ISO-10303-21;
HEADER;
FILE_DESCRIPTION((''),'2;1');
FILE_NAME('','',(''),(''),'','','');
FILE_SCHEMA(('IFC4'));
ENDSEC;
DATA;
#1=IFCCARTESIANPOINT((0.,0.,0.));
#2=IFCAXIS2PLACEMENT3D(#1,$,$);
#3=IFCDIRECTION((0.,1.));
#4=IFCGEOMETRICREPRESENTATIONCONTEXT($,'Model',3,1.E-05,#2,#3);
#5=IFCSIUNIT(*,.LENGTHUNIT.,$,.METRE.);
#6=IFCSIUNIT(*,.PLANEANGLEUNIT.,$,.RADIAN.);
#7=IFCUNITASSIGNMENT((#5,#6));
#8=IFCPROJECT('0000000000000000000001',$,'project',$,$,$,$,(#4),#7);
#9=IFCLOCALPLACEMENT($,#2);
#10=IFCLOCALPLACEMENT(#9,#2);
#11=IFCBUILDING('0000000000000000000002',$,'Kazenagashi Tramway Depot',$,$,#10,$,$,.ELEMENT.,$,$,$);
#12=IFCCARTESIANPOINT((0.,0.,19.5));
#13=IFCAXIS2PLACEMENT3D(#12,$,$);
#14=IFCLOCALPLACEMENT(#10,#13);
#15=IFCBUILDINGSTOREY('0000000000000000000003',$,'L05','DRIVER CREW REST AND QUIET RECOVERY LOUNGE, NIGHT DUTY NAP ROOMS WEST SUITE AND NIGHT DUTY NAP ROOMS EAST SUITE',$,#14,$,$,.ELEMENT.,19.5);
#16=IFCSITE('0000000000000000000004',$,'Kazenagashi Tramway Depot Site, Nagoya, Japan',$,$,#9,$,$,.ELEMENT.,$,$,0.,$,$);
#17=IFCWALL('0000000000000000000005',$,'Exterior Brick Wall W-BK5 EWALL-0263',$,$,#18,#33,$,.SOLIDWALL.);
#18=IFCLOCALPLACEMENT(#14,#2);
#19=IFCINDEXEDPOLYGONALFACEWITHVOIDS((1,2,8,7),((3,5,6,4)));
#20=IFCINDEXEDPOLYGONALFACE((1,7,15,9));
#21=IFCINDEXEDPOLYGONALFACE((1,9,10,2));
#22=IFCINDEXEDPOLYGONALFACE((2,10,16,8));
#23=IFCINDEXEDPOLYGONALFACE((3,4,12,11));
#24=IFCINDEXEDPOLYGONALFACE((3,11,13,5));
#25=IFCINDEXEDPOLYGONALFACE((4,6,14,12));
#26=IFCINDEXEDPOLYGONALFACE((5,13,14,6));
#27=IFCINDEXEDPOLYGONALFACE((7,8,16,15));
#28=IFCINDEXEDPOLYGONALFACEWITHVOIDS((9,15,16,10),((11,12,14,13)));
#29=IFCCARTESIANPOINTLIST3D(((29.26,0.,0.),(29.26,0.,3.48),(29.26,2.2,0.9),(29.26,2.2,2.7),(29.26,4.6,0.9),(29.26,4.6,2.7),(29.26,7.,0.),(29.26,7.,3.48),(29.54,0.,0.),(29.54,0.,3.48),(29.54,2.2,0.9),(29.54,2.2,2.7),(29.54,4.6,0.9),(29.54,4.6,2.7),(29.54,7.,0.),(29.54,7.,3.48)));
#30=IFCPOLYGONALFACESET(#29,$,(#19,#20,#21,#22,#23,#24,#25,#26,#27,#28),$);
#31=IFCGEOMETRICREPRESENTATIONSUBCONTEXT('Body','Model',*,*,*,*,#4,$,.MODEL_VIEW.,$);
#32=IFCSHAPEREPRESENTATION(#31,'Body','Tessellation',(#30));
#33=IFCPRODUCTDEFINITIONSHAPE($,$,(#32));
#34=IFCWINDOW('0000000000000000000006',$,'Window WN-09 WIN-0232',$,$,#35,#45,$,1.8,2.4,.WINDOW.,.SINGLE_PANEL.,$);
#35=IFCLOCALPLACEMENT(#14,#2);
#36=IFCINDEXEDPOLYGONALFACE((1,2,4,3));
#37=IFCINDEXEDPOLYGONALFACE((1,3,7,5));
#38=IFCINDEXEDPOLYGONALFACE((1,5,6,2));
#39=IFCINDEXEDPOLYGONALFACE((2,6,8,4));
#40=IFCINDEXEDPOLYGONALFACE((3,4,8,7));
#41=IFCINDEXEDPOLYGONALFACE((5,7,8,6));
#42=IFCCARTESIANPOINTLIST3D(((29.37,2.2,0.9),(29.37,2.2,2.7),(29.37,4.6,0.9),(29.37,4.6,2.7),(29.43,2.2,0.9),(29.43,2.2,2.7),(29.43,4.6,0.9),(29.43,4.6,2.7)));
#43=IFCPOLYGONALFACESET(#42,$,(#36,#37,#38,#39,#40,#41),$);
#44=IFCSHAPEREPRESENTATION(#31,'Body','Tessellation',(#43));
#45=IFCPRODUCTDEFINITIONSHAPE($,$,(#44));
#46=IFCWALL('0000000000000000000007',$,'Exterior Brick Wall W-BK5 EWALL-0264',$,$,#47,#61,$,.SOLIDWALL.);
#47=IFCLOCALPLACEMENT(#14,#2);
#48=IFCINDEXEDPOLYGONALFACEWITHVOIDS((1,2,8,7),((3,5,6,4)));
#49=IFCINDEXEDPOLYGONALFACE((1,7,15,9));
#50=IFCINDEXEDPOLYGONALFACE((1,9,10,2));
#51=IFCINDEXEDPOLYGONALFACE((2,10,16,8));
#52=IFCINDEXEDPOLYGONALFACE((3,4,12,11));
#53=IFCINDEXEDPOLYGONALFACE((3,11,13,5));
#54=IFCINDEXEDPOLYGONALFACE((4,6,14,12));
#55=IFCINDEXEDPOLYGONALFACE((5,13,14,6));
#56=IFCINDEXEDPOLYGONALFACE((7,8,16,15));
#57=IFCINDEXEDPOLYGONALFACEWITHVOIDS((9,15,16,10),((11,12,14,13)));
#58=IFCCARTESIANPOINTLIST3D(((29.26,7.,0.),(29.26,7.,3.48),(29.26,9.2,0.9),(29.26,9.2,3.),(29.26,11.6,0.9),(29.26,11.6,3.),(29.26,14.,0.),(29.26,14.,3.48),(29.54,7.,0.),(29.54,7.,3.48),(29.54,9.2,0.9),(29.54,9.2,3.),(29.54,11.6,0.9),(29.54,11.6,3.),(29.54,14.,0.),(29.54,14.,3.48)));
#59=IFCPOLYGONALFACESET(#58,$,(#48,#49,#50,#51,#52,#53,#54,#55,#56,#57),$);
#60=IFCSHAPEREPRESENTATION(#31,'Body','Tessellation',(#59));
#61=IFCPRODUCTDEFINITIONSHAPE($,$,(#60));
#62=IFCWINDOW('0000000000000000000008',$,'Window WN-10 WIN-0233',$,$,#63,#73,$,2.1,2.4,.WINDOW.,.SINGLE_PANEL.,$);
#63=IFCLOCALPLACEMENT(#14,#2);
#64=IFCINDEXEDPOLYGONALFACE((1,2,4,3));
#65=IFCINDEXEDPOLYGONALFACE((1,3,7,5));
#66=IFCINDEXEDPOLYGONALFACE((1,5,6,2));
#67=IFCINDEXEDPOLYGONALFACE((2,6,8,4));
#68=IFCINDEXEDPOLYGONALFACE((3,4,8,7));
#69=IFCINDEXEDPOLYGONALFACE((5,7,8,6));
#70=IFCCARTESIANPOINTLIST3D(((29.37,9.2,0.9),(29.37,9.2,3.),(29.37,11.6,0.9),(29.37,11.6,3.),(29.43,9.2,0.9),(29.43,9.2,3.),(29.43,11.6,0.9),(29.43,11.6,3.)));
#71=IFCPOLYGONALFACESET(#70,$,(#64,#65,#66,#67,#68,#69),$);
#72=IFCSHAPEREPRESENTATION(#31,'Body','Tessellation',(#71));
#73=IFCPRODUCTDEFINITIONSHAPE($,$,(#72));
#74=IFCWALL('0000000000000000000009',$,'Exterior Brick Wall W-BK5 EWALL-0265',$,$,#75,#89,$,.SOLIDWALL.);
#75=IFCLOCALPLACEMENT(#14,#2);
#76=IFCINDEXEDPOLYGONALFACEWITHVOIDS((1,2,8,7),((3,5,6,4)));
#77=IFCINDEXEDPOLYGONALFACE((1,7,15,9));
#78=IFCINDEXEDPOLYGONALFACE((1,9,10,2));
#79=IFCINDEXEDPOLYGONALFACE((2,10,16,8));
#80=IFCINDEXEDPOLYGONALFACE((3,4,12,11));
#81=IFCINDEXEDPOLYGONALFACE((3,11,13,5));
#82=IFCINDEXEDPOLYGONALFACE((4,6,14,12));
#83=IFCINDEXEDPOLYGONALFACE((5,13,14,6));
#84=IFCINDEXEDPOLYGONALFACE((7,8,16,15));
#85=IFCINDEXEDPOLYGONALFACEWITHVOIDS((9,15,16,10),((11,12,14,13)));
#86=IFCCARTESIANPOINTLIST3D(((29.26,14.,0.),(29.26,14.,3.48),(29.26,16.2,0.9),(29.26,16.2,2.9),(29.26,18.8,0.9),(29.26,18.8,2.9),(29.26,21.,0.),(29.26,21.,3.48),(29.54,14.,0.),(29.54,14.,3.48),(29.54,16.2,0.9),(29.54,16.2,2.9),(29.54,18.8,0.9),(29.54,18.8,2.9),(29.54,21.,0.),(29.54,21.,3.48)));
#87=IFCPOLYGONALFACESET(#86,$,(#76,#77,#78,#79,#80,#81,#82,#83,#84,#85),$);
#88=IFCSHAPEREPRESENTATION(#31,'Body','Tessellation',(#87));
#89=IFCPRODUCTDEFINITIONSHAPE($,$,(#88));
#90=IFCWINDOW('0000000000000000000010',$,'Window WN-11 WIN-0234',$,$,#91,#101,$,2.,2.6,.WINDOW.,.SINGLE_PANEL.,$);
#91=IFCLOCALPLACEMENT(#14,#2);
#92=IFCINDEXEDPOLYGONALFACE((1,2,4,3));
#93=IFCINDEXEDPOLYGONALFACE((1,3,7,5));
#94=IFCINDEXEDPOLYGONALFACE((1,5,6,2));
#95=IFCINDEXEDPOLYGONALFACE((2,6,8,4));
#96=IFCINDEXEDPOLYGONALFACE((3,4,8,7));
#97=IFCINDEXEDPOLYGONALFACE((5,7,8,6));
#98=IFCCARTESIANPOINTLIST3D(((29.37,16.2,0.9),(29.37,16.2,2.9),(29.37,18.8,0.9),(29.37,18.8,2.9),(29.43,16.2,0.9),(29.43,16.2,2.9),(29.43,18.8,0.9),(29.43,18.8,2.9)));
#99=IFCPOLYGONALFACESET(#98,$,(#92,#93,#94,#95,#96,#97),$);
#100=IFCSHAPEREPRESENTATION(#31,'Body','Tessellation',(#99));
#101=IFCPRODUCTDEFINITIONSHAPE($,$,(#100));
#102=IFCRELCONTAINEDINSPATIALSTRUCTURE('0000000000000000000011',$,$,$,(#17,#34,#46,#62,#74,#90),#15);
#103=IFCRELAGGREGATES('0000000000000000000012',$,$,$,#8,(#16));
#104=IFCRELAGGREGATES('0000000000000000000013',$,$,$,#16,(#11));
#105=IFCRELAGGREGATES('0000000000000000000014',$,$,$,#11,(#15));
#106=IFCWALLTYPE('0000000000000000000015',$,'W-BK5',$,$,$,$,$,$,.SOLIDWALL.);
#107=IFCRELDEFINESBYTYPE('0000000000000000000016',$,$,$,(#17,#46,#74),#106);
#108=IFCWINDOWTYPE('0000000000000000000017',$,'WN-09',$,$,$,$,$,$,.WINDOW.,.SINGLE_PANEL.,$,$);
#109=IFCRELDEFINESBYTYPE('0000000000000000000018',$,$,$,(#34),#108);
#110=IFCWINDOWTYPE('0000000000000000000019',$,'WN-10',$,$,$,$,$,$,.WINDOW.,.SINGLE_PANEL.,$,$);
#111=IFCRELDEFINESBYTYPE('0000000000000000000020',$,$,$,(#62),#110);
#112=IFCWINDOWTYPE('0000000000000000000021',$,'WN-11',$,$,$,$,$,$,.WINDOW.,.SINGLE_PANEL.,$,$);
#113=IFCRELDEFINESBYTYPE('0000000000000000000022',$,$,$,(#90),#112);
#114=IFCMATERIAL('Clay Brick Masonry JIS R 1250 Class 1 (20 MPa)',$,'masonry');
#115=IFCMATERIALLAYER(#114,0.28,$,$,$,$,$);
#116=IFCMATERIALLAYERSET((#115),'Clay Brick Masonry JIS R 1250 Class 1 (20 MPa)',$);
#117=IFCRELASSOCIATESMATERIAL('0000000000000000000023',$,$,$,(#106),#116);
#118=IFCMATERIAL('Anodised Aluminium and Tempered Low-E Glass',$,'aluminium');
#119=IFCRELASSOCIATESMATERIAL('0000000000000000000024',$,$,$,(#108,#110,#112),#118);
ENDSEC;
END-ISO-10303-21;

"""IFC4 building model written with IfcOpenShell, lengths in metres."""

from ifc_helpers import new_model, si_unit, direction, frame, frame_2d, origin, place, context, subcontext, project, spatial, rectangle, extrude, material, layer, layer_set, type_object, element, fill, save


model = new_model("IFC4")

# Units and contexts
model_context = context("Model", 3, precision=1e-05, world=origin(), true_north=direction((0.0, 1.0)))
body_context = subcontext(model_context, "Body", "Model", "MODEL_VIEW")
ifc_project = project(units=[si_unit("LENGTHUNIT", "METRE"), si_unit("PLANEANGLEUNIT", "RADIAN")], contexts=[model_context])

# Site, building, storey
site_placement = place(None, origin())
site = spatial("IfcSite", under=ifc_project, at=site_placement, Name="Kazenagashi Tramway Depot Site, Nagoya, Japan", CompositionType="ELEMENT", RefElevation=0.0)
building_placement = place(site_placement, origin())
building = spatial("IfcBuilding", under=site, at=building_placement, Name="Kazenagashi Tramway Depot", CompositionType="ELEMENT")
storey_placement = place(building_placement, frame((0.0, 0.0, 19.5)))
storey = spatial("IfcBuildingStorey", under=building, at=storey_placement, Name="L05", Description="DRIVER CREW REST AND QUIET RECOVERY LOUNGE, NIGHT DUTY NAP ROOMS WEST SUITE AND NIGHT DUTY NAP ROOMS EAST SUITE", CompositionType="ELEMENT", Elevation=19.5)

# Walls, openings, windows
ifc_material_1 = material(Name="Clay Brick Masonry JIS R 1250 Class 1 (20 MPa)", Category="masonry")
ifc_layer = layer(ifc_material_1, 0.28)
ifc_layer_set = layer_set([ifc_layer], Name="Clay Brick Masonry JIS R 1250 Class 1 (20 MPa)")
wall_type = type_object("IfcWallType", Name="W-BK5", PredefinedType="SOLIDWALL", material=ifc_layer_set)
wall_1_placement = place(storey_placement, frame((29.4, 0.0, 0.0), z_axis=(0.0, 0.0, 1.0), x_axis=(0.0, 1.0, 0.0)))
wall_1 = element("IfcWall", 1, at=wall_1_placement, inside=storey, type_object=wall_type, Name="Exterior Brick Wall W-BK5 EWALL-0263", PredefinedType="SOLIDWALL", context=body_context, shape_type="SweptSolid", body=[
    extrude(rectangle(XDim=7.0, YDim=0.28, at=frame_2d((3.5, 0.0))), origin(), (0.0, 0.0, 1.0), 3.48),
])
opening_1_placement = place(wall_1_placement, frame((2.2, 0.0, 0.9)))
opening_1 = element("IfcOpeningElement", 2, at=opening_1_placement, cuts=wall_1, PredefinedType="OPENING", context=body_context, shape_type="SweptSolid", body=[
    extrude(rectangle(XDim=2.4, YDim=1.8, at=frame_2d((1.2, 0.9))), frame((0.0, 0.15, 0.0), z_axis=(0.0, -1.0, 0.0), x_axis=(1.0, 0.0, 0.0)), (0.0, 0.0, 1.0), 0.3),
])
ifc_material_2 = material(Name="Anodised Aluminium and Tempered Low-E Glass", Category="aluminium")
window_type_1 = type_object("IfcWindowType", Name="WN-09", PartitioningType="SINGLE_PANEL", PredefinedType="WINDOW", material=ifc_material_2)
window_1_placement = place(opening_1_placement, origin())
window_1 = element("IfcWindow", 3, at=window_1_placement, inside=storey, type_object=window_type_1, Name="Window WN-09 WIN-0232", OverallHeight=1.8, OverallWidth=2.4, PartitioningType="SINGLE_PANEL", PredefinedType="WINDOW", context=body_context, shape_type="SweptSolid", body=[
    extrude(rectangle(XDim=2.4, YDim=1.8, at=frame_2d((1.2, 0.9))), frame((0.0, 0.03, 0.0), z_axis=(0.0, -1.0, 0.0), x_axis=(1.0, 0.0, 0.0)), (0.0, 0.0, 1.0), 0.06),
])
fill(opening_1, window_1)
wall_2_placement = place(storey_placement, frame((29.4, 7.0, 0.0), z_axis=(0.0, 0.0, 1.0), x_axis=(0.0, 1.0, 0.0)))
wall_2 = element("IfcWall", 4, at=wall_2_placement, inside=storey, type_object=wall_type, Name="Exterior Brick Wall W-BK5 EWALL-0264", PredefinedType="SOLIDWALL", context=body_context, shape_type="SweptSolid", body=[
    extrude(rectangle(XDim=7.0, YDim=0.28, at=frame_2d((3.5, 0.0))), origin(), (0.0, 0.0, 1.0), 3.48),
])
opening_2_placement = place(wall_2_placement, frame((2.2, 0.0, 0.9)))
opening_2 = element("IfcOpeningElement", 5, at=opening_2_placement, cuts=wall_2, PredefinedType="OPENING", context=body_context, shape_type="SweptSolid", body=[
    extrude(rectangle(XDim=2.4, YDim=2.1, at=frame_2d((1.2, 1.05))), frame((0.0, 0.15, 0.0), z_axis=(0.0, -1.0, 0.0), x_axis=(1.0, 0.0, 0.0)), (0.0, 0.0, 1.0), 0.3),
])
window_type_2 = type_object("IfcWindowType", Name="WN-10", PartitioningType="SINGLE_PANEL", PredefinedType="WINDOW", material=ifc_material_2)
window_2_placement = place(opening_2_placement, origin())
window_2 = element("IfcWindow", 6, at=window_2_placement, inside=storey, type_object=window_type_2, Name="Window WN-10 WIN-0233", OverallHeight=2.1, OverallWidth=2.4, PartitioningType="SINGLE_PANEL", PredefinedType="WINDOW", context=body_context, shape_type="SweptSolid", body=[
    extrude(rectangle(XDim=2.4, YDim=2.1, at=frame_2d((1.2, 1.05))), frame((0.0, 0.03, 0.0), z_axis=(0.0, -1.0, 0.0), x_axis=(1.0, 0.0, 0.0)), (0.0, 0.0, 1.0), 0.06),
])
fill(opening_2, window_2)
wall_3_placement = place(storey_placement, frame((29.4, 14.0, 0.0), z_axis=(0.0, 0.0, 1.0), x_axis=(0.0, 1.0, 0.0)))
wall_3 = element("IfcWall", 7, at=wall_3_placement, inside=storey, type_object=wall_type, Name="Exterior Brick Wall W-BK5 EWALL-0265", PredefinedType="SOLIDWALL", context=body_context, shape_type="SweptSolid", body=[
    extrude(rectangle(XDim=7.0, YDim=0.28, at=frame_2d((3.5, 0.0))), origin(), (0.0, 0.0, 1.0), 3.48),
])
opening_3_placement = place(wall_3_placement, frame((2.2, 0.0, 0.9)))
opening_3 = element("IfcOpeningElement", 8, at=opening_3_placement, cuts=wall_3, PredefinedType="OPENING", context=body_context, shape_type="SweptSolid", body=[
    extrude(rectangle(XDim=2.6, YDim=2.0, at=frame_2d((1.3, 1.0))), frame((0.0, 0.15, 0.0), z_axis=(0.0, -1.0, 0.0), x_axis=(1.0, 0.0, 0.0)), (0.0, 0.0, 1.0), 0.3),
])
window_type_3 = type_object("IfcWindowType", Name="WN-11", PartitioningType="SINGLE_PANEL", PredefinedType="WINDOW", material=ifc_material_2)
window_3_placement = place(opening_3_placement, origin())
window_3 = element("IfcWindow", 9, at=window_3_placement, inside=storey, type_object=window_type_3, Name="Window WN-11 WIN-0234", OverallHeight=2.0, OverallWidth=2.6, PartitioningType="SINGLE_PANEL", PredefinedType="WINDOW", context=body_context, shape_type="SweptSolid", body=[
    extrude(rectangle(XDim=2.6, YDim=2.0, at=frame_2d((1.3, 1.0))), frame((0.0, 0.03, 0.0), z_axis=(0.0, -1.0, 0.0), x_axis=(1.0, 0.0, 0.0)), (0.0, 0.0, 1.0), 0.06),
])
fill(opening_3, window_3)

save(model, "model.ifc")
